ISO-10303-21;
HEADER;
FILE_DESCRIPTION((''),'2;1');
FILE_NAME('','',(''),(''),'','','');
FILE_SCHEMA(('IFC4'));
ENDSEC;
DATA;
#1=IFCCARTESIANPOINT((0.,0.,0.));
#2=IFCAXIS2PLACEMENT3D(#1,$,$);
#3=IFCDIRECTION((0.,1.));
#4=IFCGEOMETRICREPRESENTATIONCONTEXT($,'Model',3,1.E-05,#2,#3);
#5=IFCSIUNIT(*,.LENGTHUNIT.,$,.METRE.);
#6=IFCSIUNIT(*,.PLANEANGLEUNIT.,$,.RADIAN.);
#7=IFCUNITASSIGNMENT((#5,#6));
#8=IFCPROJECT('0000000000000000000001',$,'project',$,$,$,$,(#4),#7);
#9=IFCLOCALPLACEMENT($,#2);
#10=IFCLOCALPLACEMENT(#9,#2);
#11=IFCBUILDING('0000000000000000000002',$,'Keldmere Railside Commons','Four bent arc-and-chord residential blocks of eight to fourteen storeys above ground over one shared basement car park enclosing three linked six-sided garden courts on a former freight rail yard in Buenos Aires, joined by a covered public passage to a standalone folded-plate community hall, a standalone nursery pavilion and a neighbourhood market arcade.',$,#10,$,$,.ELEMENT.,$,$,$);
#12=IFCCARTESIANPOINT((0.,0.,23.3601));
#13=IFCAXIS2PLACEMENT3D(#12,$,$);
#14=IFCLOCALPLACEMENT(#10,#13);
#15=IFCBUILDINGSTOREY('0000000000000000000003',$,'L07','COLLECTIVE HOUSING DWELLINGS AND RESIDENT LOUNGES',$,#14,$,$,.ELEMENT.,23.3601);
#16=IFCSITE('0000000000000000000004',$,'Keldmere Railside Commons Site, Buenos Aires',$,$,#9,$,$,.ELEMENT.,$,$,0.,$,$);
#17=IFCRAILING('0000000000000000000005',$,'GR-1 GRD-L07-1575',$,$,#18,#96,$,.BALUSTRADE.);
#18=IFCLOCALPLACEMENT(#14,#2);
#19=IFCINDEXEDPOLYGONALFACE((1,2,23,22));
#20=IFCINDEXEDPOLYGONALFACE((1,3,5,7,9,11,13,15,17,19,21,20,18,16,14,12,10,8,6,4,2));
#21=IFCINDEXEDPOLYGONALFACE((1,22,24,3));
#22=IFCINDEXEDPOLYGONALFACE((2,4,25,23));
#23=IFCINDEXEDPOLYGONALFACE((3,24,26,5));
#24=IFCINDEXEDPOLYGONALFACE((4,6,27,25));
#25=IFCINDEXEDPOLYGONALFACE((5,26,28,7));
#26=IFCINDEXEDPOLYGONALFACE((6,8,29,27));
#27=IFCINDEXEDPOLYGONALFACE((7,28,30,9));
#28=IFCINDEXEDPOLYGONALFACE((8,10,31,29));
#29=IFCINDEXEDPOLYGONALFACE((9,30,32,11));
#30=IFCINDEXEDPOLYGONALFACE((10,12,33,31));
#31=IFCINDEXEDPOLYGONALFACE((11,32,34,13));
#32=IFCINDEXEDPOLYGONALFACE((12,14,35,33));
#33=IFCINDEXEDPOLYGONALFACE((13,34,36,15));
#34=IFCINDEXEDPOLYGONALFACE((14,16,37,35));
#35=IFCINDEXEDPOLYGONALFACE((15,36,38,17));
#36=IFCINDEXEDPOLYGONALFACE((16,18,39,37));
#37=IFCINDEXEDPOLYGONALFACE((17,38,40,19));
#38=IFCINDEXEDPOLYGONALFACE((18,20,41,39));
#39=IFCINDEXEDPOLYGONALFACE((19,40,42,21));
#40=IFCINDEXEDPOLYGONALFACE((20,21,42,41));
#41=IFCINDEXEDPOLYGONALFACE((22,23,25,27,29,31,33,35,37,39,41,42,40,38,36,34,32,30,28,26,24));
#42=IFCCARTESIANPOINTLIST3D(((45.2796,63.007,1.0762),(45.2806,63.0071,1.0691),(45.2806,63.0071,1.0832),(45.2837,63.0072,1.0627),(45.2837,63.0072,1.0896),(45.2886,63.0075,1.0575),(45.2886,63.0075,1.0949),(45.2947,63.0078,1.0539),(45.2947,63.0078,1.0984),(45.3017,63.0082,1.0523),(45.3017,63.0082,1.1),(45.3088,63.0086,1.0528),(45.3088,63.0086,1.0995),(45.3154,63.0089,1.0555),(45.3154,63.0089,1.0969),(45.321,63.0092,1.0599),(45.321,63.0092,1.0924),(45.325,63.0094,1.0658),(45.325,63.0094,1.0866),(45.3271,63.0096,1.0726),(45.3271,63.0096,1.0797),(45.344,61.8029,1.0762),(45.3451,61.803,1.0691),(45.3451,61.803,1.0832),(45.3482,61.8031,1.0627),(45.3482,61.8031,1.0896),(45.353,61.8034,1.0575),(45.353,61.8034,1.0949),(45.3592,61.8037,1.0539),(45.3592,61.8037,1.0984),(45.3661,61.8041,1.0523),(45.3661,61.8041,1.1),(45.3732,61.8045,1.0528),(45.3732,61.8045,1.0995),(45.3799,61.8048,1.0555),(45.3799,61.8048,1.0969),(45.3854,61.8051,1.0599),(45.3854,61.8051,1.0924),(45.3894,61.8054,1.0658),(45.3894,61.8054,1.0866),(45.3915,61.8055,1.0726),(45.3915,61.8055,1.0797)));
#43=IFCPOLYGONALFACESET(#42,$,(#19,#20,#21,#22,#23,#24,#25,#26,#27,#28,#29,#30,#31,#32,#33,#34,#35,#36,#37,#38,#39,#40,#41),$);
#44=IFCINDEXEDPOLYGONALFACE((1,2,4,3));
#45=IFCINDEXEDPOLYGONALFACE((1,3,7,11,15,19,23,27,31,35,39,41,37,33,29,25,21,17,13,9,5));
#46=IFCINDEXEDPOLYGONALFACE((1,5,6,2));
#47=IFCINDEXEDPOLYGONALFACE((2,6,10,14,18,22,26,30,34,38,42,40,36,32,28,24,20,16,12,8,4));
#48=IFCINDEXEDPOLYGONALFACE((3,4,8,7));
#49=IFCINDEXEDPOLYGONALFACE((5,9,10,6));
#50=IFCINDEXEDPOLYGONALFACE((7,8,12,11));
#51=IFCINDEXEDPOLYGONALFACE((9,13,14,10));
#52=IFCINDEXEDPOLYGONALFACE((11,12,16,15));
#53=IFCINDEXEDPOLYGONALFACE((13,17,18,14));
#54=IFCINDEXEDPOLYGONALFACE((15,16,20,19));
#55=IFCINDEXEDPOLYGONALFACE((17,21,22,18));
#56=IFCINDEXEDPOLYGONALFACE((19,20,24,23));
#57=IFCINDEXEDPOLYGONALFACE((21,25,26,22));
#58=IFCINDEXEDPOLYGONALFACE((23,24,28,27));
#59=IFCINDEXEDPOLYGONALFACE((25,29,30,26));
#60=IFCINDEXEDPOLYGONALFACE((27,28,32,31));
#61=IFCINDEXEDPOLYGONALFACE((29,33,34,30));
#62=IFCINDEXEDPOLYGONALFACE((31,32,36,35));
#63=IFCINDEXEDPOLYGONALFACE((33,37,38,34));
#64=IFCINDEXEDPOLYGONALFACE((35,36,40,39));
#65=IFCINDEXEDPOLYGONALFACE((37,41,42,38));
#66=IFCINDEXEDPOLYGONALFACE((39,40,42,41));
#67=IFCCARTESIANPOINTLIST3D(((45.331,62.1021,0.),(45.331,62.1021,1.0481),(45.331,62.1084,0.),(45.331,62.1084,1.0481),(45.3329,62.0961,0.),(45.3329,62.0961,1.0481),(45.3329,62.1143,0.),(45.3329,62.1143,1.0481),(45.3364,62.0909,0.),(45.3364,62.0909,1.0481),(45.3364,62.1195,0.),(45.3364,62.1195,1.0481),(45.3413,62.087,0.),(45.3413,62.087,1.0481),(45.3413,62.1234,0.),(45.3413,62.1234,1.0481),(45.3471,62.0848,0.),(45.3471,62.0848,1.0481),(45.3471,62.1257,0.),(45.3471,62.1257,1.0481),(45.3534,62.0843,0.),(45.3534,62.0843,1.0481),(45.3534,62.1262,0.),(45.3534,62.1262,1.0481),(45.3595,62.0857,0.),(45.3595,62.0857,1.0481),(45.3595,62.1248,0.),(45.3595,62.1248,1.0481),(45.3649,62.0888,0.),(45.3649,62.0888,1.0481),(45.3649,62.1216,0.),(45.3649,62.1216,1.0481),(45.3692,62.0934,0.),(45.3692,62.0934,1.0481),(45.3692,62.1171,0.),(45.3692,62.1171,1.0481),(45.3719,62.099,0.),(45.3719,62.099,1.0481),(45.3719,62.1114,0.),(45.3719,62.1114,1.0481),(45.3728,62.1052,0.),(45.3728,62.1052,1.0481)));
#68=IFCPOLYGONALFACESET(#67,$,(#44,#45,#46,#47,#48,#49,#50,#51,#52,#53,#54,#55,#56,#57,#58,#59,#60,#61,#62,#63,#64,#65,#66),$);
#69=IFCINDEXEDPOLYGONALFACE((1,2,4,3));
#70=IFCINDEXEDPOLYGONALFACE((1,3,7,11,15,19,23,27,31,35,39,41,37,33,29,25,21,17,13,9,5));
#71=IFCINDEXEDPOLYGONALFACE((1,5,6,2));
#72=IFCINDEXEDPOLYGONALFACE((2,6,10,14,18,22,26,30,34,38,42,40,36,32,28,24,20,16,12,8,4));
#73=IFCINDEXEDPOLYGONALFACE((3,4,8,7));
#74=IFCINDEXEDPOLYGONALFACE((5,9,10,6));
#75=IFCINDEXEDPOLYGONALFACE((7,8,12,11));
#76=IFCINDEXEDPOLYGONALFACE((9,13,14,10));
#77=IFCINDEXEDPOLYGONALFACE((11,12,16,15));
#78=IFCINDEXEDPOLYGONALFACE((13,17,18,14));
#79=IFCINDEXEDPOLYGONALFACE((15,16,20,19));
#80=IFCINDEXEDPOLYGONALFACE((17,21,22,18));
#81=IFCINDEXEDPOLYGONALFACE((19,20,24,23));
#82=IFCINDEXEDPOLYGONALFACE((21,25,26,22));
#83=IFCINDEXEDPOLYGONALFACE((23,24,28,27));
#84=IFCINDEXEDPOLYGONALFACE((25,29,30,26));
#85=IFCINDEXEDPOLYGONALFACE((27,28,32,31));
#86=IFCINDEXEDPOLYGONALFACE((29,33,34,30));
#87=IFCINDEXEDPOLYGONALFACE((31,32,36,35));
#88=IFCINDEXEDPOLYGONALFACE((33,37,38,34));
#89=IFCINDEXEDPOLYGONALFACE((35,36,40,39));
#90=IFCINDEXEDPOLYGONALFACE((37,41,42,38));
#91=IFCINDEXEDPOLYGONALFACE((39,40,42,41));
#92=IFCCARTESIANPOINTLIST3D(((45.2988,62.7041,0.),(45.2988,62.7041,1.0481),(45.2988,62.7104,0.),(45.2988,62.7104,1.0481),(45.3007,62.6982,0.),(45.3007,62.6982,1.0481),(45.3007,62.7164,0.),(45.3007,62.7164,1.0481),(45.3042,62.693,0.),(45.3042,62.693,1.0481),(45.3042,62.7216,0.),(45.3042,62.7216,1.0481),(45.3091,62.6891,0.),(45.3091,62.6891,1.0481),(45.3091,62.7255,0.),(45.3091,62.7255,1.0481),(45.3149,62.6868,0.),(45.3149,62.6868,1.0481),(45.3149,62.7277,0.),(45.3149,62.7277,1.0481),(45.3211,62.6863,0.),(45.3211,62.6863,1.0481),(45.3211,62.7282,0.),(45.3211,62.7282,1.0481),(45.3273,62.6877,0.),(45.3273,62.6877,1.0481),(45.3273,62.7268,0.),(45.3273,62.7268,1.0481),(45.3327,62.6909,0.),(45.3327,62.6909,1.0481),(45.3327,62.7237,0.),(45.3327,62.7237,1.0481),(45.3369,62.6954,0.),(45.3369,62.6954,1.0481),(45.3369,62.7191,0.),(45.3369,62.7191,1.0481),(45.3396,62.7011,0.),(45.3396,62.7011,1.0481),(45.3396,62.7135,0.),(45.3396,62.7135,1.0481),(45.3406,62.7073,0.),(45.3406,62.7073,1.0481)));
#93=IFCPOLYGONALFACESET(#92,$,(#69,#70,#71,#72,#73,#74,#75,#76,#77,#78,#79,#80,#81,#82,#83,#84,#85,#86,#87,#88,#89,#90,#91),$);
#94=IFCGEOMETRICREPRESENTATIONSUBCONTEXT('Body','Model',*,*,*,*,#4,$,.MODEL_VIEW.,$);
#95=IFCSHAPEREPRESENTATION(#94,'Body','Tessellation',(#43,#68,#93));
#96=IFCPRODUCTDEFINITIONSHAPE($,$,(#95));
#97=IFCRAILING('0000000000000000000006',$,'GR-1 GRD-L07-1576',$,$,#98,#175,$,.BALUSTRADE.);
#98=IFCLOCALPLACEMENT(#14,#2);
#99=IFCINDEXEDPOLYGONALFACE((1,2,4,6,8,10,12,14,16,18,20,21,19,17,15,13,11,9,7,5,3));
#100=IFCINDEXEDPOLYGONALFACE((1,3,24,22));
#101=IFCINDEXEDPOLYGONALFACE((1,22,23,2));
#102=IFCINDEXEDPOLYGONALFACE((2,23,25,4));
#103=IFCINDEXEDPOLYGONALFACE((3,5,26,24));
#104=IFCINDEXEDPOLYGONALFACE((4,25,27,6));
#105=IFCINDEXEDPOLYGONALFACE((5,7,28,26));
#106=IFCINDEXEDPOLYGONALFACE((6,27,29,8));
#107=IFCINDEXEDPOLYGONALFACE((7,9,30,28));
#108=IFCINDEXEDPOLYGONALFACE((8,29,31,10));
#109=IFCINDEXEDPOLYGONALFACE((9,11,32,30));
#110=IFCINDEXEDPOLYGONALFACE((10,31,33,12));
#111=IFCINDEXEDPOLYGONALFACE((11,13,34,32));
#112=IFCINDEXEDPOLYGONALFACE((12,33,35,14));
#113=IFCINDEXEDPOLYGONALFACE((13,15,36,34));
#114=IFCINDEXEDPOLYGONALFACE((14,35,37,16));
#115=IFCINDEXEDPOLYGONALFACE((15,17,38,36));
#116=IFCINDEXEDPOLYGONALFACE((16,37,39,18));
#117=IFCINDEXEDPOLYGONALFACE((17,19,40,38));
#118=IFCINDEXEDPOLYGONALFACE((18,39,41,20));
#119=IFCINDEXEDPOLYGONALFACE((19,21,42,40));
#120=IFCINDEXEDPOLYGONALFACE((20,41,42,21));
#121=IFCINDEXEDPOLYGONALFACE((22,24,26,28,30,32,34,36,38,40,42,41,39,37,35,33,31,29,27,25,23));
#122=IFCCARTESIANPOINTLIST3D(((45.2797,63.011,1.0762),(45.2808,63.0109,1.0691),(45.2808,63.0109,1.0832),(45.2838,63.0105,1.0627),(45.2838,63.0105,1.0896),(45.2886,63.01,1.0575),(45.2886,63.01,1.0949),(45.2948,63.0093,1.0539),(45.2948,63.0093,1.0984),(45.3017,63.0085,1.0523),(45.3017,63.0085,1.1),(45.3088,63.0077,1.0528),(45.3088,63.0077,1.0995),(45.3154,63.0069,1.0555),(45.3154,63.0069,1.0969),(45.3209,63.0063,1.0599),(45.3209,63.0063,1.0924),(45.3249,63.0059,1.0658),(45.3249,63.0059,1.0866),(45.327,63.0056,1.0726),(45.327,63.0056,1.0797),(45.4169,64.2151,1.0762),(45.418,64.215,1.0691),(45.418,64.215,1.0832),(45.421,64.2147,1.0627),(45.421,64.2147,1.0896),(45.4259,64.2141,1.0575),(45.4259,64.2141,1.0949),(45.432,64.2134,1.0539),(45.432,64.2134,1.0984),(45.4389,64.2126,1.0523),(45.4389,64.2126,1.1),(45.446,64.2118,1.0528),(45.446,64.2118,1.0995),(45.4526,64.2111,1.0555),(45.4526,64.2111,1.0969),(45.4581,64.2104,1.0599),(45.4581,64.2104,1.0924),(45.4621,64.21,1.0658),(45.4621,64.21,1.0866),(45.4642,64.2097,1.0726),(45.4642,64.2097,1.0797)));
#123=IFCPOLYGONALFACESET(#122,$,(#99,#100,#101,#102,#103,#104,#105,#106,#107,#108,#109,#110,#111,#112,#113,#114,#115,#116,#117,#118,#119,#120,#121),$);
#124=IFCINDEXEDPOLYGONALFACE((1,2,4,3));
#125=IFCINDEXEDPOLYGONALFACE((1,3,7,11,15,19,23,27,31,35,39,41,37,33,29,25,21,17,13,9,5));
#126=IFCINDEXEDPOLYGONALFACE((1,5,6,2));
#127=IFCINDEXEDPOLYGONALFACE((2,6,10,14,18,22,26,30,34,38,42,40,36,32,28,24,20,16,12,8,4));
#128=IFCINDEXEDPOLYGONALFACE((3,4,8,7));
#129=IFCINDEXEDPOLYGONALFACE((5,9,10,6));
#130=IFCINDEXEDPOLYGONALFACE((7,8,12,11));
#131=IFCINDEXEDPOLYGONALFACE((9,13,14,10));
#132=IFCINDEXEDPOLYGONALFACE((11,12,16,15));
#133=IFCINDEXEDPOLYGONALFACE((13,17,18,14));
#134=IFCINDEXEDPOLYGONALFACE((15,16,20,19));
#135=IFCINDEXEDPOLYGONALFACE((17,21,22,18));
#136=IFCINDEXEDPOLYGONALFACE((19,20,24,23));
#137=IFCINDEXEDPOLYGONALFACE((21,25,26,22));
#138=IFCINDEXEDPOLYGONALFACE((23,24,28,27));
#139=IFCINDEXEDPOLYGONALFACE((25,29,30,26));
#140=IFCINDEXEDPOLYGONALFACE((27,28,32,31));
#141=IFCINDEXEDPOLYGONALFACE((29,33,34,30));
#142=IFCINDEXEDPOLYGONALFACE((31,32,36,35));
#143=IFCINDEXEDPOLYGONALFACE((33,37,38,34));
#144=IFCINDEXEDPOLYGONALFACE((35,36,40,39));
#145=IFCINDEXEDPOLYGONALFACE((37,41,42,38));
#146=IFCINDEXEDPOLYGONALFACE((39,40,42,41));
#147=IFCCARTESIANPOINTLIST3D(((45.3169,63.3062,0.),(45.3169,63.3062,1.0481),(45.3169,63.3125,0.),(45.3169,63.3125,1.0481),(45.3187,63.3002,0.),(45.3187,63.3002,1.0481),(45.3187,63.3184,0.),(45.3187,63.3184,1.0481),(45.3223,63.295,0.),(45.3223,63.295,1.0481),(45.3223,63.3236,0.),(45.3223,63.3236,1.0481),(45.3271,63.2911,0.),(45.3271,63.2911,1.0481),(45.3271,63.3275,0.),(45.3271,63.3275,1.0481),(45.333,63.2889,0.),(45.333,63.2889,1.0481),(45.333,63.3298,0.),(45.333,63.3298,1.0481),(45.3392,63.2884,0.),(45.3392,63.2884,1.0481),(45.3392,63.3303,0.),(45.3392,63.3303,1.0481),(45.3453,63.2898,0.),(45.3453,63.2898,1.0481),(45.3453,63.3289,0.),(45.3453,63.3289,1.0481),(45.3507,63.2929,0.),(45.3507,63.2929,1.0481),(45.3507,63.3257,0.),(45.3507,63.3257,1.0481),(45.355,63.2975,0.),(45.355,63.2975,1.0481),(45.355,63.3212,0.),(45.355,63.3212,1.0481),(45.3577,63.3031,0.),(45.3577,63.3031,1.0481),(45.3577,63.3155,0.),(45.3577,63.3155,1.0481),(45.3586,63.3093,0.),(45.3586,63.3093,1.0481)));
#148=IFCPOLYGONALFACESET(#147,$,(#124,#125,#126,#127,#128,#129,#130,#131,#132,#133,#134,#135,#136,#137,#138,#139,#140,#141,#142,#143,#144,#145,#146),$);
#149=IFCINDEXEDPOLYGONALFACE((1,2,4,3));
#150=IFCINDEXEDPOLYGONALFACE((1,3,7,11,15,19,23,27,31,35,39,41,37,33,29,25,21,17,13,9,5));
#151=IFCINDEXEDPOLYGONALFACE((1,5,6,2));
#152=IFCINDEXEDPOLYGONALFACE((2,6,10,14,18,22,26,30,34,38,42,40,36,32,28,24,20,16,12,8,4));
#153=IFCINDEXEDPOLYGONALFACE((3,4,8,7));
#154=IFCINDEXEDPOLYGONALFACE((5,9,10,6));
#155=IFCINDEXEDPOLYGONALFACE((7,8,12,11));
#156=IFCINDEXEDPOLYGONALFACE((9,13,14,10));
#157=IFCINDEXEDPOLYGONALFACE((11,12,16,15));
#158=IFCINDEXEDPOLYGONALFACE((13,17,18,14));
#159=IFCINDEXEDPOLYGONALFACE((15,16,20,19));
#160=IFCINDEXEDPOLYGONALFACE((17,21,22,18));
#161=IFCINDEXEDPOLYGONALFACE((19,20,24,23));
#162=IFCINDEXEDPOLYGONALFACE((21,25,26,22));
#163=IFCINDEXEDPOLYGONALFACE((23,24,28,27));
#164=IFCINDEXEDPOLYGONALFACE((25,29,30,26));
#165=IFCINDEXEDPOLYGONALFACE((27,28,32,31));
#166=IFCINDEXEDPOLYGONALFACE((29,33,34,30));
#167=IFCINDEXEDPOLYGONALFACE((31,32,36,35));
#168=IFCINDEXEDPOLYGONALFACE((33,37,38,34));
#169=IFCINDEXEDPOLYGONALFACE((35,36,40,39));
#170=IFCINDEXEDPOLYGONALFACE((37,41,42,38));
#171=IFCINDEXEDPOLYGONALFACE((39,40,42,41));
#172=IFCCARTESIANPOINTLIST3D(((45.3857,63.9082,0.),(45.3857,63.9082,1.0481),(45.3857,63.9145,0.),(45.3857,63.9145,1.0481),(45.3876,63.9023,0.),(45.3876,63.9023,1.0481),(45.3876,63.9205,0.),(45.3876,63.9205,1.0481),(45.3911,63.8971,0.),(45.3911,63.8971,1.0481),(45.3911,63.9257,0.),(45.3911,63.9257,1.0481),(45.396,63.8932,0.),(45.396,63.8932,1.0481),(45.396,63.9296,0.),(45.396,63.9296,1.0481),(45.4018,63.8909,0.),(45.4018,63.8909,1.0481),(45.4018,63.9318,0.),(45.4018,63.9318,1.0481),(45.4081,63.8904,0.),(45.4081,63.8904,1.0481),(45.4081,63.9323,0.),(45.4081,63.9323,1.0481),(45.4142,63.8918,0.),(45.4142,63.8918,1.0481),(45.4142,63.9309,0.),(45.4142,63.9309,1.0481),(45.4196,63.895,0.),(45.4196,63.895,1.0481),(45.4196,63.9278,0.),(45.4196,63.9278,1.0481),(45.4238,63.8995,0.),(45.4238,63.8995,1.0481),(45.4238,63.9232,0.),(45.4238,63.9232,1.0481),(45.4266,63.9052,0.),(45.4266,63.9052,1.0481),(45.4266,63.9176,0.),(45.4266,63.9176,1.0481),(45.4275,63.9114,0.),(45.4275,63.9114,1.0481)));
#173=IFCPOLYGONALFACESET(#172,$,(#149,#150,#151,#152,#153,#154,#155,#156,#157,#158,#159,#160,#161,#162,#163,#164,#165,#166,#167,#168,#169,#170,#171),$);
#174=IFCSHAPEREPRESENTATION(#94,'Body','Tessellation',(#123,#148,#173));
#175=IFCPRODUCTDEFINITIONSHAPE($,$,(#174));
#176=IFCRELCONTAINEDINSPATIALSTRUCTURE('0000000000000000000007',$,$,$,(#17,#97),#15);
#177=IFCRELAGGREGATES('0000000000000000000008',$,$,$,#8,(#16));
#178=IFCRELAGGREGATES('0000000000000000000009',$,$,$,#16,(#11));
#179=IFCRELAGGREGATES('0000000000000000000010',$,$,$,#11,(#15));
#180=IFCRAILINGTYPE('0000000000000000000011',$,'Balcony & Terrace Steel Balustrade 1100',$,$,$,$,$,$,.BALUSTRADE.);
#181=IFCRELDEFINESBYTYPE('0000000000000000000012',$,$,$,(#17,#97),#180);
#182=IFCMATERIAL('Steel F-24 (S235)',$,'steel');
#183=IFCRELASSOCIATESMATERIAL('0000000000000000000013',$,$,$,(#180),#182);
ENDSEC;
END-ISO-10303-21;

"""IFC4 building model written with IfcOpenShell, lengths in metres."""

from ifc_helpers import new_model, si_unit, direction, frame, origin, origin_2d, place, context, subcontext, project, spatial, circle, extrude, material, type_object, element, save


model = new_model("IFC4")

# Units and contexts
model_context = context("Model", 3, precision=1e-05, world=origin(), true_north=direction((0.0, 1.0)))
body_context = subcontext(model_context, "Body", "Model", "MODEL_VIEW")
ifc_project = project(units=[si_unit("LENGTHUNIT", "METRE"), si_unit("PLANEANGLEUNIT", "RADIAN")], contexts=[model_context])

# Site, building, storey
site_placement = place(None, origin())
site = spatial("IfcSite", under=ifc_project, at=site_placement, Name="Keldmere Railside Commons Site, Buenos Aires", CompositionType="ELEMENT", RefElevation=0.0)
building_placement = place(site_placement, origin())
building = spatial("IfcBuilding", under=site, at=building_placement, Name="Keldmere Railside Commons", Description="Four bent arc-and-chord residential blocks of eight to fourteen storeys above ground over one shared basement car park enclosing three linked six-sided garden courts on a former freight rail yard in Buenos Aires, joined by a covered public passage to a standalone folded-plate community hall, a standalone nursery pavilion and a neighbourhood market arcade.", CompositionType="ELEMENT")
storey_placement = place(building_placement, frame((0.0, 0.0, 23.3601)))
storey = spatial("IfcBuildingStorey", under=building, at=storey_placement, Name="L07", Description="COLLECTIVE HOUSING DWELLINGS AND RESIDENT LOUNGES", CompositionType="ELEMENT", Elevation=23.3601)

# Railings
ifc_material_1 = material(Name="Steel F-24 (S235)", Category="steel")
railing_type = type_object("IfcRailingType", Name="Balcony & Terrace Steel Balustrade 1100", PredefinedType="BALUSTRADE", material=ifc_material_1)
railing_1_placement = place(storey_placement, frame((45.3679, 61.8042, 0.0)))
element("IfcRailing", 1, at=railing_1_placement, inside=storey, type_object=railing_type, Name="GR-1 GRD-L07-1575", PredefinedType="BALUSTRADE", context=body_context, shape_type="SweptSolid", body=[
    extrude(circle(Radius=0.0239, at=origin_2d()), frame((0.0, 0.0, 1.0762), z_axis=(-0.053451, 0.99857, 0.0), x_axis=(-0.99857, -0.053451, 0.0)), (0.0, 0.0, 1.0), 1.2058),
    extrude(circle(Radius=0.021, at=origin_2d()), frame((-0.0161, 0.301, 0.0)), (0.0, 0.0, 1.0), 1.0481),
    extrude(circle(Radius=0.021, at=origin_2d()), frame((-0.0483, 0.9031, 0.0)), (0.0, 0.0, 1.0), 1.0481),
])
railing_2_placement = place(storey_placement, frame((45.3035, 63.0083, 0.0)))
element("IfcRailing", 2, at=railing_2_placement, inside=storey, type_object=railing_type, Name="GR-1 GRD-L07-1576", PredefinedType="BALUSTRADE", context=body_context, shape_type="SweptSolid", body=[
    extrude(circle(Radius=0.0239, at=origin_2d()), frame((0.0, 0.0, 1.0762), z_axis=(0.113217, 0.99357, 0.0), x_axis=(-0.99357, 0.113217, 0.0)), (0.0, 0.0, 1.0), 1.2119),
    extrude(circle(Radius=0.021, at=origin_2d()), frame((0.0342, 0.301, 0.0)), (0.0, 0.0, 1.0), 1.0481),
    extrude(circle(Radius=0.021, at=origin_2d()), frame((0.103, 0.9031, 0.0)), (0.0, 0.0, 1.0), 1.0481),
])

save(model, "model.ifc")
